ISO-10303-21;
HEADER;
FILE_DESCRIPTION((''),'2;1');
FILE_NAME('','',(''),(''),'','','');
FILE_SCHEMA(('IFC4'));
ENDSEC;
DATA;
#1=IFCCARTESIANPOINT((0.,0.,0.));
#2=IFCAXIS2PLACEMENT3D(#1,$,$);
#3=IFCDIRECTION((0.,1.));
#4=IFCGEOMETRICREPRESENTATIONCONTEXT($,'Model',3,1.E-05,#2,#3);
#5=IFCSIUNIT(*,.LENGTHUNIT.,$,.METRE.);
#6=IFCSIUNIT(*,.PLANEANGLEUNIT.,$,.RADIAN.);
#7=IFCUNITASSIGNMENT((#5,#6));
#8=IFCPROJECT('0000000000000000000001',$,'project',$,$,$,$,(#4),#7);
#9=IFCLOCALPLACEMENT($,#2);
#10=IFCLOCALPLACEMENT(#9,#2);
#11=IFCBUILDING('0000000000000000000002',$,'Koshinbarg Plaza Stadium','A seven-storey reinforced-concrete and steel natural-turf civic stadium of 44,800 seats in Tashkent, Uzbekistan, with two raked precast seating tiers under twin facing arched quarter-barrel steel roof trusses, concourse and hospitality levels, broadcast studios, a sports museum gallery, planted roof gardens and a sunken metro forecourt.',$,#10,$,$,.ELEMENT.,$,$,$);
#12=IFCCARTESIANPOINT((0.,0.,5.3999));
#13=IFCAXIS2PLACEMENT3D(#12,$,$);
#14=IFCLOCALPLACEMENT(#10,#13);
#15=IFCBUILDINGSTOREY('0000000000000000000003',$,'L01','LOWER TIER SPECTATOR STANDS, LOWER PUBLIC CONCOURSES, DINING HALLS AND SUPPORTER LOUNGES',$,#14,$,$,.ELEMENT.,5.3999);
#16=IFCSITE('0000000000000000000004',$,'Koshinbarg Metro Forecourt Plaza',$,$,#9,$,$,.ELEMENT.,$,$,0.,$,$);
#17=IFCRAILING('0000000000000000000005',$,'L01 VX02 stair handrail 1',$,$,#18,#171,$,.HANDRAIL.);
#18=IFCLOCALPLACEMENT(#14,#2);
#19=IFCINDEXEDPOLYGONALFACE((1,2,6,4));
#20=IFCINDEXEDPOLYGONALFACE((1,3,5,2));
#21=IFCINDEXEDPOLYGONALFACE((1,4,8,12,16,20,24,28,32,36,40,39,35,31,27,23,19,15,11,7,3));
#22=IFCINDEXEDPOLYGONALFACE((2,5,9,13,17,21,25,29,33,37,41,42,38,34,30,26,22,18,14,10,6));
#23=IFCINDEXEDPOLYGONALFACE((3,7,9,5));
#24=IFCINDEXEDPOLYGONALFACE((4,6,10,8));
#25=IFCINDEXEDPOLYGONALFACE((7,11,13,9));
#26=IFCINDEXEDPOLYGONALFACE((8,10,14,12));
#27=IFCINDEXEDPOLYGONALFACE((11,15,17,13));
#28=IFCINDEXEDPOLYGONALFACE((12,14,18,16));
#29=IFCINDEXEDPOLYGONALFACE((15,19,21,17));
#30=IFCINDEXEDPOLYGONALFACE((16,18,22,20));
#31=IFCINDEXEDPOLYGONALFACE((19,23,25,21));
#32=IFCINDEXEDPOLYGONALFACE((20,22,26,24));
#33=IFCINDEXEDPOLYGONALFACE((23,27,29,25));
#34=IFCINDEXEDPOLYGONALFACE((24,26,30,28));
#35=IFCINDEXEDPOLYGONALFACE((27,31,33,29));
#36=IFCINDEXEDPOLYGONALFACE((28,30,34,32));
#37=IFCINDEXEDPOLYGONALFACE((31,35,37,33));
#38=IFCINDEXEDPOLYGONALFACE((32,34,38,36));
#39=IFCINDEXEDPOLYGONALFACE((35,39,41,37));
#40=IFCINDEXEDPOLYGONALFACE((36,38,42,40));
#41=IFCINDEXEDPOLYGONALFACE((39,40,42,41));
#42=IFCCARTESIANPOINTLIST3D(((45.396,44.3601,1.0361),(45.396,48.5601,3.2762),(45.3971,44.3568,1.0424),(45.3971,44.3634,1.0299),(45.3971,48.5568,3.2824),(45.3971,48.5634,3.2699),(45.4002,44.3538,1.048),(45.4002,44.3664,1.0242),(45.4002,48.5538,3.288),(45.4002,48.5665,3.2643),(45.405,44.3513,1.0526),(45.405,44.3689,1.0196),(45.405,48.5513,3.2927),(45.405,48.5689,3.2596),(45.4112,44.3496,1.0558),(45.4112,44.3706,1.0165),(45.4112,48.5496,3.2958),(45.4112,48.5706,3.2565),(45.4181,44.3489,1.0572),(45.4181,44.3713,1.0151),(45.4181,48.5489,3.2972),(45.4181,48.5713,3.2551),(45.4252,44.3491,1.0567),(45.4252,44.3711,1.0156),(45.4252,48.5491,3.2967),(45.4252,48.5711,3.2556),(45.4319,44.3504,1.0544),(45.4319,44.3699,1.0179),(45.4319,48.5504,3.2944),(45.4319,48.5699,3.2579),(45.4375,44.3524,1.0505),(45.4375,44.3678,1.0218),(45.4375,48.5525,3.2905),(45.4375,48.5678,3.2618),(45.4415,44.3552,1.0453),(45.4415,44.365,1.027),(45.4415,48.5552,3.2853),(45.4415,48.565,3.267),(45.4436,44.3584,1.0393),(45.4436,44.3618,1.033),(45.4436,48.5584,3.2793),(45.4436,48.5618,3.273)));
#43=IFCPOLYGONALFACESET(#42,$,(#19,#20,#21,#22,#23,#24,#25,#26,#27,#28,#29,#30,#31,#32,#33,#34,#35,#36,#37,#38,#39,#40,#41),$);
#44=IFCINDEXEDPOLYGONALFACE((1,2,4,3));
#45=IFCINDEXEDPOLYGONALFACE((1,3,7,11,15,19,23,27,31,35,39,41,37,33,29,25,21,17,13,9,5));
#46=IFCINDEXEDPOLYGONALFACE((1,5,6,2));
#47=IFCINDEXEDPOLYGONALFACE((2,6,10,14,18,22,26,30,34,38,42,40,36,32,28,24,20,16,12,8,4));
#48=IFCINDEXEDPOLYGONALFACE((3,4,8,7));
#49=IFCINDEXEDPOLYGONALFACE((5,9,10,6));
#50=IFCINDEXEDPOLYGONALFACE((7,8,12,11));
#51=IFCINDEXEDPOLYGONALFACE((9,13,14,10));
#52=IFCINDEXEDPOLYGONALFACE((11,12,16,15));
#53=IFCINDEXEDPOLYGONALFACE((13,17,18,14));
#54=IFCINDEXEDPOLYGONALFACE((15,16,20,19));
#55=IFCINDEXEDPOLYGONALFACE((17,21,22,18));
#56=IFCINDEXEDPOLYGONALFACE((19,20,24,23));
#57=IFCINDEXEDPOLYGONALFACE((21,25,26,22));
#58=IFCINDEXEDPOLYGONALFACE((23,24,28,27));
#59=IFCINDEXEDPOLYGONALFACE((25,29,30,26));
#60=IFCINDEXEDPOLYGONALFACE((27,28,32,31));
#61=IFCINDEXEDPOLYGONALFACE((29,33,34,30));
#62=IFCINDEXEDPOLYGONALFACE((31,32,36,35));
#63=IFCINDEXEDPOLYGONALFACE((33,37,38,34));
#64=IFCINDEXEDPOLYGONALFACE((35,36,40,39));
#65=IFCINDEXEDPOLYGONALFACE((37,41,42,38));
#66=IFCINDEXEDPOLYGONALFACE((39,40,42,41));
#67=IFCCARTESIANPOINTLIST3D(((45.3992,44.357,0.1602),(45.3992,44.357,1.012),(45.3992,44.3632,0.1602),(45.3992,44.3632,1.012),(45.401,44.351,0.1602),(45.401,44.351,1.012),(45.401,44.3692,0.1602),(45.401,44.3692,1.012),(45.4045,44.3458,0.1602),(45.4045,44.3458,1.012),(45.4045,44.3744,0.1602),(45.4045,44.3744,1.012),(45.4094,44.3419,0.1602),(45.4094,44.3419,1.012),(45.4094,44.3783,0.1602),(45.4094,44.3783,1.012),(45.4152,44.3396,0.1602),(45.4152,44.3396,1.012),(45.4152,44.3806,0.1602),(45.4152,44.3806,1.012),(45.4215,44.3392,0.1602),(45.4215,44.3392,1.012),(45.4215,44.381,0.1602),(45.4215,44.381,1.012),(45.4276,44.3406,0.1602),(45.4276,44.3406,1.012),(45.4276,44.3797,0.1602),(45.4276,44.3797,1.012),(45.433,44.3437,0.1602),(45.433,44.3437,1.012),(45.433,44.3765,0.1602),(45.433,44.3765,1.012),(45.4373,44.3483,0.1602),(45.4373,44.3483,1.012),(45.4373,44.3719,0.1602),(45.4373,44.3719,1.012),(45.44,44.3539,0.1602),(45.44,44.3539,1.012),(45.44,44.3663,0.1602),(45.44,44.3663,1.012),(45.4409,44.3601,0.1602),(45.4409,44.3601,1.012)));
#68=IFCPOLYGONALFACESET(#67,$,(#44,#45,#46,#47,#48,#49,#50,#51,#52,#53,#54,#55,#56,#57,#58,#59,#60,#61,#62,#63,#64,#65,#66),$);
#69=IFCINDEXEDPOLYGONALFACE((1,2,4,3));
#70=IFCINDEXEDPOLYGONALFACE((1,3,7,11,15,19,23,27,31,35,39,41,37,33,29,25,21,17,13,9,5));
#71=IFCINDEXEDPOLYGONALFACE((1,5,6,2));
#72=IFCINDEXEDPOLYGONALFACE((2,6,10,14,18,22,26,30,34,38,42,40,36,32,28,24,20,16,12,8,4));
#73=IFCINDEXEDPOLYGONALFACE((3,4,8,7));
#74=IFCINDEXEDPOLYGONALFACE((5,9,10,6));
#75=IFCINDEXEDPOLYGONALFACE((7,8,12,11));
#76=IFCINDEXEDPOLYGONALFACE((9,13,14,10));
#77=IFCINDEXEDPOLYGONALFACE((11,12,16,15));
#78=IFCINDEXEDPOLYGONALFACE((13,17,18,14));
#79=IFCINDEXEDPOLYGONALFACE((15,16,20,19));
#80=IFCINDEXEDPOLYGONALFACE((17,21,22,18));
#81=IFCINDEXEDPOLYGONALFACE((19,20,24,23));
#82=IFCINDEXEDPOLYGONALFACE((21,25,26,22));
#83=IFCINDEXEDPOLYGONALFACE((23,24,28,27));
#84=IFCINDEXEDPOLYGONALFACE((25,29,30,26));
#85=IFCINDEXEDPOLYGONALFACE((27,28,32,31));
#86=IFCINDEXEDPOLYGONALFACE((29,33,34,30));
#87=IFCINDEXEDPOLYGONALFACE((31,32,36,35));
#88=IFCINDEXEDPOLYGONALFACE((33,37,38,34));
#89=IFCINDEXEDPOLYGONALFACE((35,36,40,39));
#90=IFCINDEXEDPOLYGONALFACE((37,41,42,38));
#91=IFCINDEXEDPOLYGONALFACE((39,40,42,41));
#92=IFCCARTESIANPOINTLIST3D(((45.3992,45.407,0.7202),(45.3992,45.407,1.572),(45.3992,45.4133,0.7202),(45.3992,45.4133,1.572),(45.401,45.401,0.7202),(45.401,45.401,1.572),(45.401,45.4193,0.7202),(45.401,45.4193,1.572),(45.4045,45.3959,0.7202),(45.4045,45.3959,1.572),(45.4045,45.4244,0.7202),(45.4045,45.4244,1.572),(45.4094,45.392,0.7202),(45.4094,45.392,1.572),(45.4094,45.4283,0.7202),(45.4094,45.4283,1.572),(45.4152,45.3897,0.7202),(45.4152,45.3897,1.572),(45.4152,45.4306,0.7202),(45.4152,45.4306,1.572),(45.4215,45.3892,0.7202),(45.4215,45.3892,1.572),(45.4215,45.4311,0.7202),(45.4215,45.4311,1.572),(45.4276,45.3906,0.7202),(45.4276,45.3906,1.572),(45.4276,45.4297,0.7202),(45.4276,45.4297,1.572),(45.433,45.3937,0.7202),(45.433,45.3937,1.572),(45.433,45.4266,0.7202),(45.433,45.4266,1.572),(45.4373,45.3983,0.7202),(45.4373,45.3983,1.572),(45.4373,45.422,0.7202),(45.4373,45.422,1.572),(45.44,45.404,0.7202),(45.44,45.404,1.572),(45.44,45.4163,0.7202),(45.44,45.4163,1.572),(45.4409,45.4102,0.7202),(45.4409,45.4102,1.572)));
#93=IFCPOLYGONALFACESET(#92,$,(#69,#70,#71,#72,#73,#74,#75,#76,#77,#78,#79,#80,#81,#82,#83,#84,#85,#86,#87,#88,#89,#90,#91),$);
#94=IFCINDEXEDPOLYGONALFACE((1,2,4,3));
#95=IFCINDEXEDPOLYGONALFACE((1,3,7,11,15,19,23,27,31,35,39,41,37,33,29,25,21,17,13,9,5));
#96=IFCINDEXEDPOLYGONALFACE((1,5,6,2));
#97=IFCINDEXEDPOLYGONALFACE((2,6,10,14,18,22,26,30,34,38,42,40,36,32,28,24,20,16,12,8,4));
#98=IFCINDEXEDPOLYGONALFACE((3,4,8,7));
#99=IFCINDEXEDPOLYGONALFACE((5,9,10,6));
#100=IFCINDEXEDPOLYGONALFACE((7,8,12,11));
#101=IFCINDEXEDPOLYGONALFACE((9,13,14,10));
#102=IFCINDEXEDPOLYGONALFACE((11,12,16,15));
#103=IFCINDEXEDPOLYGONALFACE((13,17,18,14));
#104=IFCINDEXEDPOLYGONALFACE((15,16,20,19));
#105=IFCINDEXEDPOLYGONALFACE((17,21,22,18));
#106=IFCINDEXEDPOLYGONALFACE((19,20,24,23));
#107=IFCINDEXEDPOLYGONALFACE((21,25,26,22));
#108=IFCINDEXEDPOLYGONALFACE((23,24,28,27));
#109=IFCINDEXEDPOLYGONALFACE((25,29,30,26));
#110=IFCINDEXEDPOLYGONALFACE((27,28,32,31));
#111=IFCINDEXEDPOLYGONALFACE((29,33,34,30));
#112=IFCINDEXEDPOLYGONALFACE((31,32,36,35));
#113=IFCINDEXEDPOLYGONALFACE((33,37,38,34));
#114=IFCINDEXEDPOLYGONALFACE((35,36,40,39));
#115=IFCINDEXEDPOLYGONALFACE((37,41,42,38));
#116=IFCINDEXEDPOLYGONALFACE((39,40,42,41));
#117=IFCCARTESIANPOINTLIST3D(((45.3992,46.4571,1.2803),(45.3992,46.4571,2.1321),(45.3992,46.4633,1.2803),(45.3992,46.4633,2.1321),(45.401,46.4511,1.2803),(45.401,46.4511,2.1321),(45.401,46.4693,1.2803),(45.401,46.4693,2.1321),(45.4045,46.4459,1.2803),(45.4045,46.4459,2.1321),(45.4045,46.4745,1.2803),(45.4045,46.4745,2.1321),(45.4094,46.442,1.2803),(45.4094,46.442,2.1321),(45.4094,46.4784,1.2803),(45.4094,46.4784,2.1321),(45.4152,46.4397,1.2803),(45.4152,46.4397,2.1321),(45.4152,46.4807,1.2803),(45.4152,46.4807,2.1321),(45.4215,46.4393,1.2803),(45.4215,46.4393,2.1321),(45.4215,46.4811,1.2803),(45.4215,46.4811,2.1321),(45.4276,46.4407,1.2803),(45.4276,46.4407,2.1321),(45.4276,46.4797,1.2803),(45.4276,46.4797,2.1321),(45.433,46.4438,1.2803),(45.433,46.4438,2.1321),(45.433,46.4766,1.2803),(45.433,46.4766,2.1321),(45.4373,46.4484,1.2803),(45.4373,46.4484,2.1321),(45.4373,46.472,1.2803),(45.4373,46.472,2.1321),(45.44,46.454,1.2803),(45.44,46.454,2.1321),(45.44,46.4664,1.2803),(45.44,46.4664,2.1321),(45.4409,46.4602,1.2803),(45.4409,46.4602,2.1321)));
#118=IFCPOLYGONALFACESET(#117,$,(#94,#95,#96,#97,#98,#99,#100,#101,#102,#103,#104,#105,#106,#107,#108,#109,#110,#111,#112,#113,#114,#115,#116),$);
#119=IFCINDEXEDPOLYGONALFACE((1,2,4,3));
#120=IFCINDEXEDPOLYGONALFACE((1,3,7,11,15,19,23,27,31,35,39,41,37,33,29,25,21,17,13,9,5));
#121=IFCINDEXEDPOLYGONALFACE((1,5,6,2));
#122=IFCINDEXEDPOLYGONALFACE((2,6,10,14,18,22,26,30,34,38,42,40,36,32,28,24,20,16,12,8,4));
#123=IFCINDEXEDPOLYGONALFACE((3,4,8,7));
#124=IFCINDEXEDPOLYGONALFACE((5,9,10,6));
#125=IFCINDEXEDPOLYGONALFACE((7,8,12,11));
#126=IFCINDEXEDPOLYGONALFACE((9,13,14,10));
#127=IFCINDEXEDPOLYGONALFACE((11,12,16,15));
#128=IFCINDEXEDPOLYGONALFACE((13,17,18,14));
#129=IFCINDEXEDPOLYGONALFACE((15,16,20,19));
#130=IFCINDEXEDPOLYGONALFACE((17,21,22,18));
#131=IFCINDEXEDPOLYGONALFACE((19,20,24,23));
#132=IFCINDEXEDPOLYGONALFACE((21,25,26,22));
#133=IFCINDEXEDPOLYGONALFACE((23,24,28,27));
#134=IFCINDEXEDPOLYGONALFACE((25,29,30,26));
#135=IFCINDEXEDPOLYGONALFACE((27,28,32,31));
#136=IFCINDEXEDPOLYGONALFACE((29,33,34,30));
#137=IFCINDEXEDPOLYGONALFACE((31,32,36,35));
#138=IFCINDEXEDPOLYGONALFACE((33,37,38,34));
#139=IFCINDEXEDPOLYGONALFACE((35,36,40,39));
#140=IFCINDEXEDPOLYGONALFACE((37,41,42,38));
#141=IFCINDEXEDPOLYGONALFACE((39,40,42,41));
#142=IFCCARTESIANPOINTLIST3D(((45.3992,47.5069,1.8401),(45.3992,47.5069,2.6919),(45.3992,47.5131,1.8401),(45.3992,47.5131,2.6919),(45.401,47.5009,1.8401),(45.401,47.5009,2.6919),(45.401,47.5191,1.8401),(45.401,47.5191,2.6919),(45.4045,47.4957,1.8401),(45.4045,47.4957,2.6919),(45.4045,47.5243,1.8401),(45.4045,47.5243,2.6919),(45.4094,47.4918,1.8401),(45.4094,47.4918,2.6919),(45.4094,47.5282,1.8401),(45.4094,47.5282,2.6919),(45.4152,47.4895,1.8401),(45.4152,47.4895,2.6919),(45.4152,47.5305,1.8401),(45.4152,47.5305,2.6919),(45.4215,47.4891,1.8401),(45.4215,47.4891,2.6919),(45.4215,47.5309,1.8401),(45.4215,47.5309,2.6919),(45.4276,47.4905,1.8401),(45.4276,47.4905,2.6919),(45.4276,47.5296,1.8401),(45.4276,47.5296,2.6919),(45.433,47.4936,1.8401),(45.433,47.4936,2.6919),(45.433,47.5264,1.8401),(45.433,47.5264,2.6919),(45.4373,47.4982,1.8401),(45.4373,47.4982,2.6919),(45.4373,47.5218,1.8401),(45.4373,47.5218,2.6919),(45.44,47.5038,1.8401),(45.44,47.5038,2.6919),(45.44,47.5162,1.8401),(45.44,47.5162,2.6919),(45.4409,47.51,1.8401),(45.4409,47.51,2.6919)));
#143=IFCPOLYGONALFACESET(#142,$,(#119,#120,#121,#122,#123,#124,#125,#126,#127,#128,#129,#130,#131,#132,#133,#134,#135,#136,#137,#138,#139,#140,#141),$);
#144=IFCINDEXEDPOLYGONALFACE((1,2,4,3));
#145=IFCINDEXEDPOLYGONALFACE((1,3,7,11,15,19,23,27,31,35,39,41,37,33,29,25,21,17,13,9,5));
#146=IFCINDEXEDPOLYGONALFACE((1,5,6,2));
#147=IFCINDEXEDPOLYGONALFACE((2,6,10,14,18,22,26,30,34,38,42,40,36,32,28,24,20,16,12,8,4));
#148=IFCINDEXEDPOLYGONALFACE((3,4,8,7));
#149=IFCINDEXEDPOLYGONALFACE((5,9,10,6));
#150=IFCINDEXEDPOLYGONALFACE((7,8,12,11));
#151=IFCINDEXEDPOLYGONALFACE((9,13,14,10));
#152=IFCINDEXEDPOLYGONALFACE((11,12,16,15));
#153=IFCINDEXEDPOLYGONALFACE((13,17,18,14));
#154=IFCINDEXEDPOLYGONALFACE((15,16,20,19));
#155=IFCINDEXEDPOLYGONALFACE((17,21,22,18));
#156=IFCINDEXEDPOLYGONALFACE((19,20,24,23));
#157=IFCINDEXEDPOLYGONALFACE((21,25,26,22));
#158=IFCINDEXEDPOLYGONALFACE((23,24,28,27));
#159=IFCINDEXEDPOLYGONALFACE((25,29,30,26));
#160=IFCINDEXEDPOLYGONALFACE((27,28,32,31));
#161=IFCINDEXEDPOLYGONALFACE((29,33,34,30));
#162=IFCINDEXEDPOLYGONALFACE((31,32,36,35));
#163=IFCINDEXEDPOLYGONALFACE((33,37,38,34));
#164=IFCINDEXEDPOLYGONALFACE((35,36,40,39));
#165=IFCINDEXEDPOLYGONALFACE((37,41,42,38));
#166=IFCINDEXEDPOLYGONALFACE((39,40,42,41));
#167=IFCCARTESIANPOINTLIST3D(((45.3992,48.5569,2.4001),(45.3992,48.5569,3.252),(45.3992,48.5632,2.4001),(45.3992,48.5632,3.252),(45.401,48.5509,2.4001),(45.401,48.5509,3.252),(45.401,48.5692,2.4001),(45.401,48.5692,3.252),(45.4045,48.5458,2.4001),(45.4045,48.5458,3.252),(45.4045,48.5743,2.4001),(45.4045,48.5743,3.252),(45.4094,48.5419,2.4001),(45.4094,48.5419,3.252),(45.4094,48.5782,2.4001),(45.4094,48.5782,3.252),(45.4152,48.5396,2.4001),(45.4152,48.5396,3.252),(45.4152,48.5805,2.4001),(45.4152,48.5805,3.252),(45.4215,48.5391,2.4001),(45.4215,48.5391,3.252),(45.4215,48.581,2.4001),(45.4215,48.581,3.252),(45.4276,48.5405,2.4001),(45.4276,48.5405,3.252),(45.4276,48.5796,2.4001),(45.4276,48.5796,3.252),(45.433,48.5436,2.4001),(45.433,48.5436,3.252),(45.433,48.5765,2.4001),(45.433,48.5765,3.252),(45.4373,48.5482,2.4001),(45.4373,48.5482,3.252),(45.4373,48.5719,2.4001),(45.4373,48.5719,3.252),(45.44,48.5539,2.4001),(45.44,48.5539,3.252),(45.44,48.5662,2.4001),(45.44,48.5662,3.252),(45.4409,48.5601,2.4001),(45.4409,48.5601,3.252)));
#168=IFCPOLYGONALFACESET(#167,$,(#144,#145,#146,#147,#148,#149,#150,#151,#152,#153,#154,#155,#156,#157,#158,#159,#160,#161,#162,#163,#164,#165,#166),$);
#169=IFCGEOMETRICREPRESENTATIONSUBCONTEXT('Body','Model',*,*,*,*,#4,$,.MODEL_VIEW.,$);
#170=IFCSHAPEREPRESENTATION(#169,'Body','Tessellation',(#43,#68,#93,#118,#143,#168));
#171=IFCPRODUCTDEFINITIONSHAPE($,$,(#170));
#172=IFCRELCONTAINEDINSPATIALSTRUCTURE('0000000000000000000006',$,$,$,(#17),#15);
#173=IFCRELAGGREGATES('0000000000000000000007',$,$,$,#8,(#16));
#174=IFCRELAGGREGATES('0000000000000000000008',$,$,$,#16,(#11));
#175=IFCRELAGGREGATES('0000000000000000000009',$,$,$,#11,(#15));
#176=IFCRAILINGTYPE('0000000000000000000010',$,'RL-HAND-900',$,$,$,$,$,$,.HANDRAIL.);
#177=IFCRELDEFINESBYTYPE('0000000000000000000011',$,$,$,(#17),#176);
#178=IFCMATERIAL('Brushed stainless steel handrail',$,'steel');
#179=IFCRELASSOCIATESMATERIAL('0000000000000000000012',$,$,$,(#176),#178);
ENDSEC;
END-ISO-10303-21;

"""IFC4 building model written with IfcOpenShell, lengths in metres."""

from ifc_helpers import new_model, si_unit, direction, frame, origin, origin_2d, place, context, subcontext, project, spatial, circle, extrude, material, type_object, element, save


model = new_model("IFC4")

# Units and contexts
model_context = context("Model", 3, precision=1e-05, world=origin(), true_north=direction((0.0, 1.0)))
body_context = subcontext(model_context, "Body", "Model", "MODEL_VIEW")
ifc_project = project(units=[si_unit("LENGTHUNIT", "METRE"), si_unit("PLANEANGLEUNIT", "RADIAN")], contexts=[model_context])

# Site, building, storey
site_placement = place(None, origin())
site = spatial("IfcSite", under=ifc_project, at=site_placement, Name="Koshinbarg Metro Forecourt Plaza", CompositionType="ELEMENT", RefElevation=0.0)
building_placement = place(site_placement, origin())
building = spatial("IfcBuilding", under=site, at=building_placement, Name="Koshinbarg Plaza Stadium", Description="A seven-storey reinforced-concrete and steel natural-turf civic stadium of 44,800 seats in Tashkent, Uzbekistan, with two raked precast seating tiers under twin facing arched quarter-barrel steel roof trusses, concourse and hospitality levels, broadcast studios, a sports museum gallery, planted roof gardens and a sunken metro forecourt.", CompositionType="ELEMENT")
storey_placement = place(building_placement, frame((0.0, 0.0, 5.3999)))
storey = spatial("IfcBuildingStorey", under=building, at=storey_placement, Name="L01", Description="LOWER TIER SPECTATOR STANDS, LOWER PUBLIC CONCOURSES, DINING HALLS AND SUPPORTER LOUNGES", CompositionType="ELEMENT", Elevation=5.3999)

# Railing
ifc_material_1 = material(Name="Brushed stainless steel handrail", Category="steel")
railing_type_1 = type_object("IfcRailingType", Name="RL-HAND-900", PredefinedType="HANDRAIL", material=ifc_material_1)
for number, where, name in (
    (1, (45.4199, 44.3601, 0.1602), "L01 VX02 stair handrail 1"),
):
    element("IfcRailing", number, at=place(storey_placement, frame(where)), inside=storey, type_object=railing_type_1, Name=name, PredefinedType="HANDRAIL", context=body_context, shape_type="SweptSolid", body=[
        extrude(circle(Radius=0.0239, at=origin_2d()), frame((0.0, 0.0, 0.876), z_axis=(0.0, 0.882352, 0.470591), x_axis=(-1.0, 0.0, 0.0)), (0.0, 0.0, 1.0), 4.76),
        extrude(circle(Radius=0.021, at=origin_2d()), origin(), (0.0, 0.0, 1.0), 0.8518),
        extrude(circle(Radius=0.021, at=origin_2d()), frame((0.0, 1.05, 0.5601)), (0.0, 0.0, 1.0), 0.8518),
        extrude(circle(Radius=0.021, at=origin_2d()), frame((0.0, 2.1001, 1.1201)), (0.0, 0.0, 1.0), 0.8518),
        extrude(circle(Radius=0.021, at=origin_2d()), frame((0.0, 3.1499, 1.6799)), (0.0, 0.0, 1.0), 0.8518),
        extrude(circle(Radius=0.021, at=origin_2d()), frame((0.0, 4.2, 2.24)), (0.0, 0.0, 1.0), 0.8518),
    ])

save(model, "model.ifc")
